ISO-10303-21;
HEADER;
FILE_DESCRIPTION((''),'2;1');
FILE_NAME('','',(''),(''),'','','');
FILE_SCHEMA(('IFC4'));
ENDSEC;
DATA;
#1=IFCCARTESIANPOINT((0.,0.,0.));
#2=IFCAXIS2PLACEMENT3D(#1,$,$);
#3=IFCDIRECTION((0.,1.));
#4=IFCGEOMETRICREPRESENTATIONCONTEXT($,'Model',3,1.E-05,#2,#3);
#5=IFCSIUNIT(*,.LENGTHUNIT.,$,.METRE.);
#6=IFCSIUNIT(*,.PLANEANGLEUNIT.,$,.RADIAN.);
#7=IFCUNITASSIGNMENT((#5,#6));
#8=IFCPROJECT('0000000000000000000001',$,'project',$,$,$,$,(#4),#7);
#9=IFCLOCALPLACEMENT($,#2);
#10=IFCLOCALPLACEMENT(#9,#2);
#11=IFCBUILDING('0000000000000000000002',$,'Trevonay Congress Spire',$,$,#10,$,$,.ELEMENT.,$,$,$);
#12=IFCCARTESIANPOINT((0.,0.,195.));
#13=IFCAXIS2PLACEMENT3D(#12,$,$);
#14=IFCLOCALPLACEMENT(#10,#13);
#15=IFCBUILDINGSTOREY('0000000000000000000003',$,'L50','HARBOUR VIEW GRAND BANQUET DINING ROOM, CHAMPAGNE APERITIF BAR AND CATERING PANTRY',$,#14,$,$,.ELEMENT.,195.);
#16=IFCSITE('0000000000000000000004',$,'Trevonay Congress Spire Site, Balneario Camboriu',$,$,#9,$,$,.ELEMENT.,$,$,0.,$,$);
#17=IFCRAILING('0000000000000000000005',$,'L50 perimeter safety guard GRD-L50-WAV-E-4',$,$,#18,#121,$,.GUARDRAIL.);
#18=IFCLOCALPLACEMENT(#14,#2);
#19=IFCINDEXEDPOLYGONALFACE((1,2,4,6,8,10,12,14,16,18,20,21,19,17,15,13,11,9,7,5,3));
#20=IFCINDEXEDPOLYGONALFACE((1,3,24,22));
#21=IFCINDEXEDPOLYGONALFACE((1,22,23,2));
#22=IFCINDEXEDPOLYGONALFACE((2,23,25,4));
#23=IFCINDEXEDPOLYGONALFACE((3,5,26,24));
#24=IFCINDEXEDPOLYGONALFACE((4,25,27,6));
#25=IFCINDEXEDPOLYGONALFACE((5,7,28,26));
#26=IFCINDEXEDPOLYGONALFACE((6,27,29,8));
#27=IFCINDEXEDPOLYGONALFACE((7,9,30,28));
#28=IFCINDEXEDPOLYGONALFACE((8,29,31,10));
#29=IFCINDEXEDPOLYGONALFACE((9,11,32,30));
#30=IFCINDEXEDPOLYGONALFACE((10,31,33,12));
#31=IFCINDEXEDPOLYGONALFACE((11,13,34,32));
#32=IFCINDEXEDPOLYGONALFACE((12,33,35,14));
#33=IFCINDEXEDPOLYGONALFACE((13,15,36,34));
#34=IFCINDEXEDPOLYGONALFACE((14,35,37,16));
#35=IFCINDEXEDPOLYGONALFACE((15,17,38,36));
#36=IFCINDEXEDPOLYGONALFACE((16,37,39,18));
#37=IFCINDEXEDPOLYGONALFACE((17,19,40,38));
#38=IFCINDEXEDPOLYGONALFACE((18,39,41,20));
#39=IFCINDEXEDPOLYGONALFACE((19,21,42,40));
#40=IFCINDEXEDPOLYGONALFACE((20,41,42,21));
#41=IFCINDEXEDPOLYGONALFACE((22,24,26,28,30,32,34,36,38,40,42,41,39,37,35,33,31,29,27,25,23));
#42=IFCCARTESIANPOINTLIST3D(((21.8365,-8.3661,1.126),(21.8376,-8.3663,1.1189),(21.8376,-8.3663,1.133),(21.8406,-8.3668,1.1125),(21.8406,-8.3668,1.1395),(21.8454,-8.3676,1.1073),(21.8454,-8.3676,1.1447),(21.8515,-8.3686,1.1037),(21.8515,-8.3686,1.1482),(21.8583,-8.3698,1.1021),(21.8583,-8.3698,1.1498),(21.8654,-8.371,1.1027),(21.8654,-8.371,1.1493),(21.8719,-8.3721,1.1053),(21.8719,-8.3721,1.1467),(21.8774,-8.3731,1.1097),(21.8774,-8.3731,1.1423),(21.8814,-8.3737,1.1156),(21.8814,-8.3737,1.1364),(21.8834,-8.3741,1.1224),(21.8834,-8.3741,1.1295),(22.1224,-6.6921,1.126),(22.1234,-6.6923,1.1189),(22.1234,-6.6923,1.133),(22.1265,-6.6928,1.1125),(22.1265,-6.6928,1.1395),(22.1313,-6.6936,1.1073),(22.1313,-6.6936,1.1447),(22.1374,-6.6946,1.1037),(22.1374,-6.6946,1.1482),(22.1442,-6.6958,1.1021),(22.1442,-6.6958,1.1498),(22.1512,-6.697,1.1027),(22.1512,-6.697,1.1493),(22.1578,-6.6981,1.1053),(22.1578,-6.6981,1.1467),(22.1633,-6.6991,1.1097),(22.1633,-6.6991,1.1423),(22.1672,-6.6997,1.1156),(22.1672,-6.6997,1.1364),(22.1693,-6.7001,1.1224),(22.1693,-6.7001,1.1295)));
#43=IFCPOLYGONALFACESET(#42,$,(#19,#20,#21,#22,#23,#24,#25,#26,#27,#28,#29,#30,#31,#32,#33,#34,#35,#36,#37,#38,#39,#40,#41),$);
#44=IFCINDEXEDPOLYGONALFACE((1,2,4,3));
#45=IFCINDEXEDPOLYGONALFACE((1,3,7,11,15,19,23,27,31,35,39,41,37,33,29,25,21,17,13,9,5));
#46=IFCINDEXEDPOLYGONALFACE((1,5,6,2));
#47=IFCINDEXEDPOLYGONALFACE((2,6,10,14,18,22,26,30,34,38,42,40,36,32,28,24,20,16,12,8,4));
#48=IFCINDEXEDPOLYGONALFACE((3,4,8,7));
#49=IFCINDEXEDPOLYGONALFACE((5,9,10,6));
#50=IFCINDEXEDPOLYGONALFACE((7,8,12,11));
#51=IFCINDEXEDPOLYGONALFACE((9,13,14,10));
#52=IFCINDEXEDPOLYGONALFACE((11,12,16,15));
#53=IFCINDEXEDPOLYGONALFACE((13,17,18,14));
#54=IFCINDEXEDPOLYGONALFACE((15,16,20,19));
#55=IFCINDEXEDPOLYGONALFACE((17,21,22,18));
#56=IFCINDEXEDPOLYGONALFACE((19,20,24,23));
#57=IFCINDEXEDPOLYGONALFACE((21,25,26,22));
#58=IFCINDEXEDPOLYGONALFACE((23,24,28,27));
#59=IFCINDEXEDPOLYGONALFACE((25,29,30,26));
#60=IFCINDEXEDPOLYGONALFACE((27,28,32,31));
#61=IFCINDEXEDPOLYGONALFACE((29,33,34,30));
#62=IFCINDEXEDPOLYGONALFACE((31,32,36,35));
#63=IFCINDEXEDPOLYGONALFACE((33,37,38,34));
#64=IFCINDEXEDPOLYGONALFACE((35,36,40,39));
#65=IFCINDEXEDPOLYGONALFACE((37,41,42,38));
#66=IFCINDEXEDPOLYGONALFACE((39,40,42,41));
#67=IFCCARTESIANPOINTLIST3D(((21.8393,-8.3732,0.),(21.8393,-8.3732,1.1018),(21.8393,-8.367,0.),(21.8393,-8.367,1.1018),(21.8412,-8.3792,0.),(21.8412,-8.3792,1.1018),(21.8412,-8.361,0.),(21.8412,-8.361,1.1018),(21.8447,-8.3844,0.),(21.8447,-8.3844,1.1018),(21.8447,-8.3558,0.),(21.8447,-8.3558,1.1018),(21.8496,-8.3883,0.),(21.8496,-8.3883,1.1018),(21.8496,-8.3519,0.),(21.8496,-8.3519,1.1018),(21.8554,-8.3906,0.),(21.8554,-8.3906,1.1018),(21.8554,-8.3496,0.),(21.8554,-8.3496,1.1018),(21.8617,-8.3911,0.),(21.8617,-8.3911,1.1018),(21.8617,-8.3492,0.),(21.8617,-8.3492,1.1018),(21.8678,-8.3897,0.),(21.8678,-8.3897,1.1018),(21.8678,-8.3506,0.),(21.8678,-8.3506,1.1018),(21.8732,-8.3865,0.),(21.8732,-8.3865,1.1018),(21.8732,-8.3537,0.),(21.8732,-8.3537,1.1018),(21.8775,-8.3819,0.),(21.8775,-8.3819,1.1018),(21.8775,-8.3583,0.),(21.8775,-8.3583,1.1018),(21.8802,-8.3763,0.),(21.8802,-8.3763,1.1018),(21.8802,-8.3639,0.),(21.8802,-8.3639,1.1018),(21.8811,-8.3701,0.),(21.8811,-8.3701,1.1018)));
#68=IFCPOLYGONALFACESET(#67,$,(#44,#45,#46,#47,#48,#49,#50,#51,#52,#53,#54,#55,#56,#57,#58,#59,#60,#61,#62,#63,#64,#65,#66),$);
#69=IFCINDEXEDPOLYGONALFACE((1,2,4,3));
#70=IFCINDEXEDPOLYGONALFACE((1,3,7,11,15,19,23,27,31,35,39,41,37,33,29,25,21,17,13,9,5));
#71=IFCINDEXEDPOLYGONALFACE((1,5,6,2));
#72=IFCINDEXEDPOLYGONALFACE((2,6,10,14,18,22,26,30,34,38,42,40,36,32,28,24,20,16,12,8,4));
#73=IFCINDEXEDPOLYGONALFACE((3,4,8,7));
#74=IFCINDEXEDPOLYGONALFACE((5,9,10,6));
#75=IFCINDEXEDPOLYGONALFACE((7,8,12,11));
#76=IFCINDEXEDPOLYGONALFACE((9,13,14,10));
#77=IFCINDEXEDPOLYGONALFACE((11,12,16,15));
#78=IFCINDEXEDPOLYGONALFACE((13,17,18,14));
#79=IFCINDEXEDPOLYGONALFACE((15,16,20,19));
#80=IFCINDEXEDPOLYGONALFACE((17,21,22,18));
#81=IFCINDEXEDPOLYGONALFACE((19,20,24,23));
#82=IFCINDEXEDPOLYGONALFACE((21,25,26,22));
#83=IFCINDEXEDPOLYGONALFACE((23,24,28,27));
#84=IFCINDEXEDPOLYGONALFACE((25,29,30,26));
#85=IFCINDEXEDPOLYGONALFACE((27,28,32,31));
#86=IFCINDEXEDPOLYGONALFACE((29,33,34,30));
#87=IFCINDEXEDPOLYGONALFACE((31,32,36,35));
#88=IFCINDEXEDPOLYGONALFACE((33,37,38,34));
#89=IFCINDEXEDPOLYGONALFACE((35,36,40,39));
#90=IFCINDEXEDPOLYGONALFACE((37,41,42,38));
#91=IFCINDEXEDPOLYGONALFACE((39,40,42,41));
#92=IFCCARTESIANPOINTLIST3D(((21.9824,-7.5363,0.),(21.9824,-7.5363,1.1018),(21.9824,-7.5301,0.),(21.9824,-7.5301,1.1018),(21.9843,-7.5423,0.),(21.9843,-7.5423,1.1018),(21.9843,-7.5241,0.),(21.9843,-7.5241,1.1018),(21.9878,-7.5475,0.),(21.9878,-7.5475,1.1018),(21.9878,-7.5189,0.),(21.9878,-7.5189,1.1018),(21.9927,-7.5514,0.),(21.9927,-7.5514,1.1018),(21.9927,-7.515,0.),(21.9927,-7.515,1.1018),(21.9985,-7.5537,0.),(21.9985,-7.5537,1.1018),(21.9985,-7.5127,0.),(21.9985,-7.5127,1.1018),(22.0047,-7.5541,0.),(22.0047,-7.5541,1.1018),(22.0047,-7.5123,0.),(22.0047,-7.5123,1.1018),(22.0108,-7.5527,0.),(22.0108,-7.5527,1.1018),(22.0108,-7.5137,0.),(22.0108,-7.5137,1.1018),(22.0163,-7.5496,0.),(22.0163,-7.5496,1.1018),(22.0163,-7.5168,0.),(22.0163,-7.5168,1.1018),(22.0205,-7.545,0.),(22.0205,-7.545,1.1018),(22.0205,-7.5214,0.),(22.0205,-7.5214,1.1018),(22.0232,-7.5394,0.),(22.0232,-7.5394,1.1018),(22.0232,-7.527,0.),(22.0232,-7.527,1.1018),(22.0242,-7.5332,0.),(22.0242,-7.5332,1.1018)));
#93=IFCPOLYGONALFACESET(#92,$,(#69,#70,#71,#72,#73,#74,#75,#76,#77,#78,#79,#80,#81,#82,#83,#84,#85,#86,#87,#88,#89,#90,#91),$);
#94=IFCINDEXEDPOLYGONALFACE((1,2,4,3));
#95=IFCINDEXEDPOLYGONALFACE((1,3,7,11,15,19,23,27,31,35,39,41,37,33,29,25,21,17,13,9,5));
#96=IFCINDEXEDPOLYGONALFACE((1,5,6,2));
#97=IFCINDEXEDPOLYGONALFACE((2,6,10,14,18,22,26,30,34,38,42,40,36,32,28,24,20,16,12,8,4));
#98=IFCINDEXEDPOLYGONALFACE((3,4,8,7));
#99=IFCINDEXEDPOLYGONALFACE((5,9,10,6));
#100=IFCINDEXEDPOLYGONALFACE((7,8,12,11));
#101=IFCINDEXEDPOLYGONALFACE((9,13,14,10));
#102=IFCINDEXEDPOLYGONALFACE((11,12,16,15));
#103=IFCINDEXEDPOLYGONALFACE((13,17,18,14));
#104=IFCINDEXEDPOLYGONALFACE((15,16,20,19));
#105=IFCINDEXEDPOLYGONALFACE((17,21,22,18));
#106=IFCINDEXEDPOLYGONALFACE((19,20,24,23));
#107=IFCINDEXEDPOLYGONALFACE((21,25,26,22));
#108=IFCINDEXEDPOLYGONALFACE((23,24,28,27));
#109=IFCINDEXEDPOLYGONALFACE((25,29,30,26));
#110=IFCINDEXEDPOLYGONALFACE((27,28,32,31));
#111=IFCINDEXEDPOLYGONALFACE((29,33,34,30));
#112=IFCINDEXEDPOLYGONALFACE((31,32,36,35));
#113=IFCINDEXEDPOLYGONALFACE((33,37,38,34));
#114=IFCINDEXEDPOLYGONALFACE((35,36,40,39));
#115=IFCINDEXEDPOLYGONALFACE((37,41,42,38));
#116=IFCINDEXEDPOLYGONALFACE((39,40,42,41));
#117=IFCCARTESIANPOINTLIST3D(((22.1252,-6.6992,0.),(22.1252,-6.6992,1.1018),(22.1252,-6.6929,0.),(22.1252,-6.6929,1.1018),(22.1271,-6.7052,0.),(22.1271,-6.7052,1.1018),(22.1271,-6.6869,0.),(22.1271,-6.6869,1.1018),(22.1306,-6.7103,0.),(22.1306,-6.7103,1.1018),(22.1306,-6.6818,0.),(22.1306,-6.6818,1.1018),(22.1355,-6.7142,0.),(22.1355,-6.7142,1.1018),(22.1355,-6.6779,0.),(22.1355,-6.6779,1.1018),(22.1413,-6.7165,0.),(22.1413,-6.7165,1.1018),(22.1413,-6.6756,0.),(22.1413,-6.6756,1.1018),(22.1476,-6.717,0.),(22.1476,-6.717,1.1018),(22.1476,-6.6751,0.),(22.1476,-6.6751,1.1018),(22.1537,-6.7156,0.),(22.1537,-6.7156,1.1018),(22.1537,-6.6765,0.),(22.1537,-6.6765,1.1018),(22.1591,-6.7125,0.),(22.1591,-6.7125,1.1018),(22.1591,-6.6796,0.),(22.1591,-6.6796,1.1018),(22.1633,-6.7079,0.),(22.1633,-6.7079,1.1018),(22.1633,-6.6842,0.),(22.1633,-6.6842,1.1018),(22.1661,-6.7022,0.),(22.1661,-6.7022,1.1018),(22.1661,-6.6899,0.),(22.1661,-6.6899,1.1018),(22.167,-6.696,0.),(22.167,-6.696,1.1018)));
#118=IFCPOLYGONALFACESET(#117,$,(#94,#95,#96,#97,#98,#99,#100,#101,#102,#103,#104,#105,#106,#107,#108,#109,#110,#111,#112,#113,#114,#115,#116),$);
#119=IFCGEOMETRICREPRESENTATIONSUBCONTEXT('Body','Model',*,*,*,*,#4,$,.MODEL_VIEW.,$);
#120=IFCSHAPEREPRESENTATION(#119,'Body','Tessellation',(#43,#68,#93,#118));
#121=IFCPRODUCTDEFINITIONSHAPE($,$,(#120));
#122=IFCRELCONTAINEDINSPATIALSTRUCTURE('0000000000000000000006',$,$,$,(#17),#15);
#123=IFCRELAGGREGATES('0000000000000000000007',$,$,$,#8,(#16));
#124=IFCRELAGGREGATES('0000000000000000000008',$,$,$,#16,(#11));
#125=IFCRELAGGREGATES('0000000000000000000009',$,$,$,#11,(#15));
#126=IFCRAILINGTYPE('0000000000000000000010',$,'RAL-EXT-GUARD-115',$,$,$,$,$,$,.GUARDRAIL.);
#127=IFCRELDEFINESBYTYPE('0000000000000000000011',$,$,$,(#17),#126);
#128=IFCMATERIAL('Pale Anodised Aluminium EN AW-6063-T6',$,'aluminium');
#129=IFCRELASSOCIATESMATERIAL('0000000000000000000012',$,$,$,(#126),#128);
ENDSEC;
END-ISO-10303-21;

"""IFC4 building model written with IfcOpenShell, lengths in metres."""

from ifc_helpers import new_model, si_unit, direction, frame, origin, origin_2d, place, context, subcontext, project, spatial, circle, extrude, material, type_object, element, save


model = new_model("IFC4")

# Units and contexts
model_context = context("Model", 3, precision=1e-05, world=origin(), true_north=direction((0.0, 1.0)))
body_context = subcontext(model_context, "Body", "Model", "MODEL_VIEW")
ifc_project = project(units=[si_unit("LENGTHUNIT", "METRE"), si_unit("PLANEANGLEUNIT", "RADIAN")], contexts=[model_context])

# Site, building, storey
site_placement = place(None, origin())
site = spatial("IfcSite", under=ifc_project, at=site_placement, Name="Trevonay Congress Spire Site, Balneario Camboriu", CompositionType="ELEMENT", RefElevation=0.0)
building_placement = place(site_placement, origin())
building = spatial("IfcBuilding", under=site, at=building_placement, Name="Trevonay Congress Spire", CompositionType="ELEMENT")
storey_placement = place(building_placement, frame((0.0, 0.0, 195.0)))
storey = spatial("IfcBuildingStorey", under=building, at=storey_placement, Name="L50", Description="HARBOUR VIEW GRAND BANQUET DINING ROOM, CHAMPAGNE APERITIF BAR AND CATERING PANTRY", CompositionType="ELEMENT", Elevation=195.0)

# Shared definitions
ifc_material_1 = material(Name="Pale Anodised Aluminium EN AW-6063-T6", Category="aluminium")

# Railing
railing_type = type_object("IfcRailingType", Name="RAL-EXT-GUARD-115", PredefinedType="GUARDRAIL", material=ifc_material_1)
railing_1_placement = place(storey_placement, frame((21.8601, -8.3701, 0.0)))
element("IfcRailing", 1, at=railing_1_placement, inside=storey, type_object=railing_type, Name="L50 perimeter safety guard GRD-L50-WAV-E-4", PredefinedType="GUARDRAIL", context=body_context, shape_type="SweptSolid", body=[
    extrude(circle(Radius=0.0239, at=origin_2d()), frame((0.0, 0.0, 1.126), z_axis=(0.168337, 0.985729, 0.0), x_axis=(-0.985729, 0.168337, 0.0)), (0.0, 0.0, 1.0), 1.6982),
    extrude(circle(Radius=0.021, at=origin_2d()), origin(), (0.0, 0.0, 1.0), 1.1018),
    extrude(circle(Radius=0.021, at=origin_2d()), frame((0.1431, 0.8369, 0.0)), (0.0, 0.0, 1.0), 1.1018),
    extrude(circle(Radius=0.021, at=origin_2d()), frame((0.2859, 1.6741, 0.0)), (0.0, 0.0, 1.0), 1.1018),
])

save(model, "model.ifc")
